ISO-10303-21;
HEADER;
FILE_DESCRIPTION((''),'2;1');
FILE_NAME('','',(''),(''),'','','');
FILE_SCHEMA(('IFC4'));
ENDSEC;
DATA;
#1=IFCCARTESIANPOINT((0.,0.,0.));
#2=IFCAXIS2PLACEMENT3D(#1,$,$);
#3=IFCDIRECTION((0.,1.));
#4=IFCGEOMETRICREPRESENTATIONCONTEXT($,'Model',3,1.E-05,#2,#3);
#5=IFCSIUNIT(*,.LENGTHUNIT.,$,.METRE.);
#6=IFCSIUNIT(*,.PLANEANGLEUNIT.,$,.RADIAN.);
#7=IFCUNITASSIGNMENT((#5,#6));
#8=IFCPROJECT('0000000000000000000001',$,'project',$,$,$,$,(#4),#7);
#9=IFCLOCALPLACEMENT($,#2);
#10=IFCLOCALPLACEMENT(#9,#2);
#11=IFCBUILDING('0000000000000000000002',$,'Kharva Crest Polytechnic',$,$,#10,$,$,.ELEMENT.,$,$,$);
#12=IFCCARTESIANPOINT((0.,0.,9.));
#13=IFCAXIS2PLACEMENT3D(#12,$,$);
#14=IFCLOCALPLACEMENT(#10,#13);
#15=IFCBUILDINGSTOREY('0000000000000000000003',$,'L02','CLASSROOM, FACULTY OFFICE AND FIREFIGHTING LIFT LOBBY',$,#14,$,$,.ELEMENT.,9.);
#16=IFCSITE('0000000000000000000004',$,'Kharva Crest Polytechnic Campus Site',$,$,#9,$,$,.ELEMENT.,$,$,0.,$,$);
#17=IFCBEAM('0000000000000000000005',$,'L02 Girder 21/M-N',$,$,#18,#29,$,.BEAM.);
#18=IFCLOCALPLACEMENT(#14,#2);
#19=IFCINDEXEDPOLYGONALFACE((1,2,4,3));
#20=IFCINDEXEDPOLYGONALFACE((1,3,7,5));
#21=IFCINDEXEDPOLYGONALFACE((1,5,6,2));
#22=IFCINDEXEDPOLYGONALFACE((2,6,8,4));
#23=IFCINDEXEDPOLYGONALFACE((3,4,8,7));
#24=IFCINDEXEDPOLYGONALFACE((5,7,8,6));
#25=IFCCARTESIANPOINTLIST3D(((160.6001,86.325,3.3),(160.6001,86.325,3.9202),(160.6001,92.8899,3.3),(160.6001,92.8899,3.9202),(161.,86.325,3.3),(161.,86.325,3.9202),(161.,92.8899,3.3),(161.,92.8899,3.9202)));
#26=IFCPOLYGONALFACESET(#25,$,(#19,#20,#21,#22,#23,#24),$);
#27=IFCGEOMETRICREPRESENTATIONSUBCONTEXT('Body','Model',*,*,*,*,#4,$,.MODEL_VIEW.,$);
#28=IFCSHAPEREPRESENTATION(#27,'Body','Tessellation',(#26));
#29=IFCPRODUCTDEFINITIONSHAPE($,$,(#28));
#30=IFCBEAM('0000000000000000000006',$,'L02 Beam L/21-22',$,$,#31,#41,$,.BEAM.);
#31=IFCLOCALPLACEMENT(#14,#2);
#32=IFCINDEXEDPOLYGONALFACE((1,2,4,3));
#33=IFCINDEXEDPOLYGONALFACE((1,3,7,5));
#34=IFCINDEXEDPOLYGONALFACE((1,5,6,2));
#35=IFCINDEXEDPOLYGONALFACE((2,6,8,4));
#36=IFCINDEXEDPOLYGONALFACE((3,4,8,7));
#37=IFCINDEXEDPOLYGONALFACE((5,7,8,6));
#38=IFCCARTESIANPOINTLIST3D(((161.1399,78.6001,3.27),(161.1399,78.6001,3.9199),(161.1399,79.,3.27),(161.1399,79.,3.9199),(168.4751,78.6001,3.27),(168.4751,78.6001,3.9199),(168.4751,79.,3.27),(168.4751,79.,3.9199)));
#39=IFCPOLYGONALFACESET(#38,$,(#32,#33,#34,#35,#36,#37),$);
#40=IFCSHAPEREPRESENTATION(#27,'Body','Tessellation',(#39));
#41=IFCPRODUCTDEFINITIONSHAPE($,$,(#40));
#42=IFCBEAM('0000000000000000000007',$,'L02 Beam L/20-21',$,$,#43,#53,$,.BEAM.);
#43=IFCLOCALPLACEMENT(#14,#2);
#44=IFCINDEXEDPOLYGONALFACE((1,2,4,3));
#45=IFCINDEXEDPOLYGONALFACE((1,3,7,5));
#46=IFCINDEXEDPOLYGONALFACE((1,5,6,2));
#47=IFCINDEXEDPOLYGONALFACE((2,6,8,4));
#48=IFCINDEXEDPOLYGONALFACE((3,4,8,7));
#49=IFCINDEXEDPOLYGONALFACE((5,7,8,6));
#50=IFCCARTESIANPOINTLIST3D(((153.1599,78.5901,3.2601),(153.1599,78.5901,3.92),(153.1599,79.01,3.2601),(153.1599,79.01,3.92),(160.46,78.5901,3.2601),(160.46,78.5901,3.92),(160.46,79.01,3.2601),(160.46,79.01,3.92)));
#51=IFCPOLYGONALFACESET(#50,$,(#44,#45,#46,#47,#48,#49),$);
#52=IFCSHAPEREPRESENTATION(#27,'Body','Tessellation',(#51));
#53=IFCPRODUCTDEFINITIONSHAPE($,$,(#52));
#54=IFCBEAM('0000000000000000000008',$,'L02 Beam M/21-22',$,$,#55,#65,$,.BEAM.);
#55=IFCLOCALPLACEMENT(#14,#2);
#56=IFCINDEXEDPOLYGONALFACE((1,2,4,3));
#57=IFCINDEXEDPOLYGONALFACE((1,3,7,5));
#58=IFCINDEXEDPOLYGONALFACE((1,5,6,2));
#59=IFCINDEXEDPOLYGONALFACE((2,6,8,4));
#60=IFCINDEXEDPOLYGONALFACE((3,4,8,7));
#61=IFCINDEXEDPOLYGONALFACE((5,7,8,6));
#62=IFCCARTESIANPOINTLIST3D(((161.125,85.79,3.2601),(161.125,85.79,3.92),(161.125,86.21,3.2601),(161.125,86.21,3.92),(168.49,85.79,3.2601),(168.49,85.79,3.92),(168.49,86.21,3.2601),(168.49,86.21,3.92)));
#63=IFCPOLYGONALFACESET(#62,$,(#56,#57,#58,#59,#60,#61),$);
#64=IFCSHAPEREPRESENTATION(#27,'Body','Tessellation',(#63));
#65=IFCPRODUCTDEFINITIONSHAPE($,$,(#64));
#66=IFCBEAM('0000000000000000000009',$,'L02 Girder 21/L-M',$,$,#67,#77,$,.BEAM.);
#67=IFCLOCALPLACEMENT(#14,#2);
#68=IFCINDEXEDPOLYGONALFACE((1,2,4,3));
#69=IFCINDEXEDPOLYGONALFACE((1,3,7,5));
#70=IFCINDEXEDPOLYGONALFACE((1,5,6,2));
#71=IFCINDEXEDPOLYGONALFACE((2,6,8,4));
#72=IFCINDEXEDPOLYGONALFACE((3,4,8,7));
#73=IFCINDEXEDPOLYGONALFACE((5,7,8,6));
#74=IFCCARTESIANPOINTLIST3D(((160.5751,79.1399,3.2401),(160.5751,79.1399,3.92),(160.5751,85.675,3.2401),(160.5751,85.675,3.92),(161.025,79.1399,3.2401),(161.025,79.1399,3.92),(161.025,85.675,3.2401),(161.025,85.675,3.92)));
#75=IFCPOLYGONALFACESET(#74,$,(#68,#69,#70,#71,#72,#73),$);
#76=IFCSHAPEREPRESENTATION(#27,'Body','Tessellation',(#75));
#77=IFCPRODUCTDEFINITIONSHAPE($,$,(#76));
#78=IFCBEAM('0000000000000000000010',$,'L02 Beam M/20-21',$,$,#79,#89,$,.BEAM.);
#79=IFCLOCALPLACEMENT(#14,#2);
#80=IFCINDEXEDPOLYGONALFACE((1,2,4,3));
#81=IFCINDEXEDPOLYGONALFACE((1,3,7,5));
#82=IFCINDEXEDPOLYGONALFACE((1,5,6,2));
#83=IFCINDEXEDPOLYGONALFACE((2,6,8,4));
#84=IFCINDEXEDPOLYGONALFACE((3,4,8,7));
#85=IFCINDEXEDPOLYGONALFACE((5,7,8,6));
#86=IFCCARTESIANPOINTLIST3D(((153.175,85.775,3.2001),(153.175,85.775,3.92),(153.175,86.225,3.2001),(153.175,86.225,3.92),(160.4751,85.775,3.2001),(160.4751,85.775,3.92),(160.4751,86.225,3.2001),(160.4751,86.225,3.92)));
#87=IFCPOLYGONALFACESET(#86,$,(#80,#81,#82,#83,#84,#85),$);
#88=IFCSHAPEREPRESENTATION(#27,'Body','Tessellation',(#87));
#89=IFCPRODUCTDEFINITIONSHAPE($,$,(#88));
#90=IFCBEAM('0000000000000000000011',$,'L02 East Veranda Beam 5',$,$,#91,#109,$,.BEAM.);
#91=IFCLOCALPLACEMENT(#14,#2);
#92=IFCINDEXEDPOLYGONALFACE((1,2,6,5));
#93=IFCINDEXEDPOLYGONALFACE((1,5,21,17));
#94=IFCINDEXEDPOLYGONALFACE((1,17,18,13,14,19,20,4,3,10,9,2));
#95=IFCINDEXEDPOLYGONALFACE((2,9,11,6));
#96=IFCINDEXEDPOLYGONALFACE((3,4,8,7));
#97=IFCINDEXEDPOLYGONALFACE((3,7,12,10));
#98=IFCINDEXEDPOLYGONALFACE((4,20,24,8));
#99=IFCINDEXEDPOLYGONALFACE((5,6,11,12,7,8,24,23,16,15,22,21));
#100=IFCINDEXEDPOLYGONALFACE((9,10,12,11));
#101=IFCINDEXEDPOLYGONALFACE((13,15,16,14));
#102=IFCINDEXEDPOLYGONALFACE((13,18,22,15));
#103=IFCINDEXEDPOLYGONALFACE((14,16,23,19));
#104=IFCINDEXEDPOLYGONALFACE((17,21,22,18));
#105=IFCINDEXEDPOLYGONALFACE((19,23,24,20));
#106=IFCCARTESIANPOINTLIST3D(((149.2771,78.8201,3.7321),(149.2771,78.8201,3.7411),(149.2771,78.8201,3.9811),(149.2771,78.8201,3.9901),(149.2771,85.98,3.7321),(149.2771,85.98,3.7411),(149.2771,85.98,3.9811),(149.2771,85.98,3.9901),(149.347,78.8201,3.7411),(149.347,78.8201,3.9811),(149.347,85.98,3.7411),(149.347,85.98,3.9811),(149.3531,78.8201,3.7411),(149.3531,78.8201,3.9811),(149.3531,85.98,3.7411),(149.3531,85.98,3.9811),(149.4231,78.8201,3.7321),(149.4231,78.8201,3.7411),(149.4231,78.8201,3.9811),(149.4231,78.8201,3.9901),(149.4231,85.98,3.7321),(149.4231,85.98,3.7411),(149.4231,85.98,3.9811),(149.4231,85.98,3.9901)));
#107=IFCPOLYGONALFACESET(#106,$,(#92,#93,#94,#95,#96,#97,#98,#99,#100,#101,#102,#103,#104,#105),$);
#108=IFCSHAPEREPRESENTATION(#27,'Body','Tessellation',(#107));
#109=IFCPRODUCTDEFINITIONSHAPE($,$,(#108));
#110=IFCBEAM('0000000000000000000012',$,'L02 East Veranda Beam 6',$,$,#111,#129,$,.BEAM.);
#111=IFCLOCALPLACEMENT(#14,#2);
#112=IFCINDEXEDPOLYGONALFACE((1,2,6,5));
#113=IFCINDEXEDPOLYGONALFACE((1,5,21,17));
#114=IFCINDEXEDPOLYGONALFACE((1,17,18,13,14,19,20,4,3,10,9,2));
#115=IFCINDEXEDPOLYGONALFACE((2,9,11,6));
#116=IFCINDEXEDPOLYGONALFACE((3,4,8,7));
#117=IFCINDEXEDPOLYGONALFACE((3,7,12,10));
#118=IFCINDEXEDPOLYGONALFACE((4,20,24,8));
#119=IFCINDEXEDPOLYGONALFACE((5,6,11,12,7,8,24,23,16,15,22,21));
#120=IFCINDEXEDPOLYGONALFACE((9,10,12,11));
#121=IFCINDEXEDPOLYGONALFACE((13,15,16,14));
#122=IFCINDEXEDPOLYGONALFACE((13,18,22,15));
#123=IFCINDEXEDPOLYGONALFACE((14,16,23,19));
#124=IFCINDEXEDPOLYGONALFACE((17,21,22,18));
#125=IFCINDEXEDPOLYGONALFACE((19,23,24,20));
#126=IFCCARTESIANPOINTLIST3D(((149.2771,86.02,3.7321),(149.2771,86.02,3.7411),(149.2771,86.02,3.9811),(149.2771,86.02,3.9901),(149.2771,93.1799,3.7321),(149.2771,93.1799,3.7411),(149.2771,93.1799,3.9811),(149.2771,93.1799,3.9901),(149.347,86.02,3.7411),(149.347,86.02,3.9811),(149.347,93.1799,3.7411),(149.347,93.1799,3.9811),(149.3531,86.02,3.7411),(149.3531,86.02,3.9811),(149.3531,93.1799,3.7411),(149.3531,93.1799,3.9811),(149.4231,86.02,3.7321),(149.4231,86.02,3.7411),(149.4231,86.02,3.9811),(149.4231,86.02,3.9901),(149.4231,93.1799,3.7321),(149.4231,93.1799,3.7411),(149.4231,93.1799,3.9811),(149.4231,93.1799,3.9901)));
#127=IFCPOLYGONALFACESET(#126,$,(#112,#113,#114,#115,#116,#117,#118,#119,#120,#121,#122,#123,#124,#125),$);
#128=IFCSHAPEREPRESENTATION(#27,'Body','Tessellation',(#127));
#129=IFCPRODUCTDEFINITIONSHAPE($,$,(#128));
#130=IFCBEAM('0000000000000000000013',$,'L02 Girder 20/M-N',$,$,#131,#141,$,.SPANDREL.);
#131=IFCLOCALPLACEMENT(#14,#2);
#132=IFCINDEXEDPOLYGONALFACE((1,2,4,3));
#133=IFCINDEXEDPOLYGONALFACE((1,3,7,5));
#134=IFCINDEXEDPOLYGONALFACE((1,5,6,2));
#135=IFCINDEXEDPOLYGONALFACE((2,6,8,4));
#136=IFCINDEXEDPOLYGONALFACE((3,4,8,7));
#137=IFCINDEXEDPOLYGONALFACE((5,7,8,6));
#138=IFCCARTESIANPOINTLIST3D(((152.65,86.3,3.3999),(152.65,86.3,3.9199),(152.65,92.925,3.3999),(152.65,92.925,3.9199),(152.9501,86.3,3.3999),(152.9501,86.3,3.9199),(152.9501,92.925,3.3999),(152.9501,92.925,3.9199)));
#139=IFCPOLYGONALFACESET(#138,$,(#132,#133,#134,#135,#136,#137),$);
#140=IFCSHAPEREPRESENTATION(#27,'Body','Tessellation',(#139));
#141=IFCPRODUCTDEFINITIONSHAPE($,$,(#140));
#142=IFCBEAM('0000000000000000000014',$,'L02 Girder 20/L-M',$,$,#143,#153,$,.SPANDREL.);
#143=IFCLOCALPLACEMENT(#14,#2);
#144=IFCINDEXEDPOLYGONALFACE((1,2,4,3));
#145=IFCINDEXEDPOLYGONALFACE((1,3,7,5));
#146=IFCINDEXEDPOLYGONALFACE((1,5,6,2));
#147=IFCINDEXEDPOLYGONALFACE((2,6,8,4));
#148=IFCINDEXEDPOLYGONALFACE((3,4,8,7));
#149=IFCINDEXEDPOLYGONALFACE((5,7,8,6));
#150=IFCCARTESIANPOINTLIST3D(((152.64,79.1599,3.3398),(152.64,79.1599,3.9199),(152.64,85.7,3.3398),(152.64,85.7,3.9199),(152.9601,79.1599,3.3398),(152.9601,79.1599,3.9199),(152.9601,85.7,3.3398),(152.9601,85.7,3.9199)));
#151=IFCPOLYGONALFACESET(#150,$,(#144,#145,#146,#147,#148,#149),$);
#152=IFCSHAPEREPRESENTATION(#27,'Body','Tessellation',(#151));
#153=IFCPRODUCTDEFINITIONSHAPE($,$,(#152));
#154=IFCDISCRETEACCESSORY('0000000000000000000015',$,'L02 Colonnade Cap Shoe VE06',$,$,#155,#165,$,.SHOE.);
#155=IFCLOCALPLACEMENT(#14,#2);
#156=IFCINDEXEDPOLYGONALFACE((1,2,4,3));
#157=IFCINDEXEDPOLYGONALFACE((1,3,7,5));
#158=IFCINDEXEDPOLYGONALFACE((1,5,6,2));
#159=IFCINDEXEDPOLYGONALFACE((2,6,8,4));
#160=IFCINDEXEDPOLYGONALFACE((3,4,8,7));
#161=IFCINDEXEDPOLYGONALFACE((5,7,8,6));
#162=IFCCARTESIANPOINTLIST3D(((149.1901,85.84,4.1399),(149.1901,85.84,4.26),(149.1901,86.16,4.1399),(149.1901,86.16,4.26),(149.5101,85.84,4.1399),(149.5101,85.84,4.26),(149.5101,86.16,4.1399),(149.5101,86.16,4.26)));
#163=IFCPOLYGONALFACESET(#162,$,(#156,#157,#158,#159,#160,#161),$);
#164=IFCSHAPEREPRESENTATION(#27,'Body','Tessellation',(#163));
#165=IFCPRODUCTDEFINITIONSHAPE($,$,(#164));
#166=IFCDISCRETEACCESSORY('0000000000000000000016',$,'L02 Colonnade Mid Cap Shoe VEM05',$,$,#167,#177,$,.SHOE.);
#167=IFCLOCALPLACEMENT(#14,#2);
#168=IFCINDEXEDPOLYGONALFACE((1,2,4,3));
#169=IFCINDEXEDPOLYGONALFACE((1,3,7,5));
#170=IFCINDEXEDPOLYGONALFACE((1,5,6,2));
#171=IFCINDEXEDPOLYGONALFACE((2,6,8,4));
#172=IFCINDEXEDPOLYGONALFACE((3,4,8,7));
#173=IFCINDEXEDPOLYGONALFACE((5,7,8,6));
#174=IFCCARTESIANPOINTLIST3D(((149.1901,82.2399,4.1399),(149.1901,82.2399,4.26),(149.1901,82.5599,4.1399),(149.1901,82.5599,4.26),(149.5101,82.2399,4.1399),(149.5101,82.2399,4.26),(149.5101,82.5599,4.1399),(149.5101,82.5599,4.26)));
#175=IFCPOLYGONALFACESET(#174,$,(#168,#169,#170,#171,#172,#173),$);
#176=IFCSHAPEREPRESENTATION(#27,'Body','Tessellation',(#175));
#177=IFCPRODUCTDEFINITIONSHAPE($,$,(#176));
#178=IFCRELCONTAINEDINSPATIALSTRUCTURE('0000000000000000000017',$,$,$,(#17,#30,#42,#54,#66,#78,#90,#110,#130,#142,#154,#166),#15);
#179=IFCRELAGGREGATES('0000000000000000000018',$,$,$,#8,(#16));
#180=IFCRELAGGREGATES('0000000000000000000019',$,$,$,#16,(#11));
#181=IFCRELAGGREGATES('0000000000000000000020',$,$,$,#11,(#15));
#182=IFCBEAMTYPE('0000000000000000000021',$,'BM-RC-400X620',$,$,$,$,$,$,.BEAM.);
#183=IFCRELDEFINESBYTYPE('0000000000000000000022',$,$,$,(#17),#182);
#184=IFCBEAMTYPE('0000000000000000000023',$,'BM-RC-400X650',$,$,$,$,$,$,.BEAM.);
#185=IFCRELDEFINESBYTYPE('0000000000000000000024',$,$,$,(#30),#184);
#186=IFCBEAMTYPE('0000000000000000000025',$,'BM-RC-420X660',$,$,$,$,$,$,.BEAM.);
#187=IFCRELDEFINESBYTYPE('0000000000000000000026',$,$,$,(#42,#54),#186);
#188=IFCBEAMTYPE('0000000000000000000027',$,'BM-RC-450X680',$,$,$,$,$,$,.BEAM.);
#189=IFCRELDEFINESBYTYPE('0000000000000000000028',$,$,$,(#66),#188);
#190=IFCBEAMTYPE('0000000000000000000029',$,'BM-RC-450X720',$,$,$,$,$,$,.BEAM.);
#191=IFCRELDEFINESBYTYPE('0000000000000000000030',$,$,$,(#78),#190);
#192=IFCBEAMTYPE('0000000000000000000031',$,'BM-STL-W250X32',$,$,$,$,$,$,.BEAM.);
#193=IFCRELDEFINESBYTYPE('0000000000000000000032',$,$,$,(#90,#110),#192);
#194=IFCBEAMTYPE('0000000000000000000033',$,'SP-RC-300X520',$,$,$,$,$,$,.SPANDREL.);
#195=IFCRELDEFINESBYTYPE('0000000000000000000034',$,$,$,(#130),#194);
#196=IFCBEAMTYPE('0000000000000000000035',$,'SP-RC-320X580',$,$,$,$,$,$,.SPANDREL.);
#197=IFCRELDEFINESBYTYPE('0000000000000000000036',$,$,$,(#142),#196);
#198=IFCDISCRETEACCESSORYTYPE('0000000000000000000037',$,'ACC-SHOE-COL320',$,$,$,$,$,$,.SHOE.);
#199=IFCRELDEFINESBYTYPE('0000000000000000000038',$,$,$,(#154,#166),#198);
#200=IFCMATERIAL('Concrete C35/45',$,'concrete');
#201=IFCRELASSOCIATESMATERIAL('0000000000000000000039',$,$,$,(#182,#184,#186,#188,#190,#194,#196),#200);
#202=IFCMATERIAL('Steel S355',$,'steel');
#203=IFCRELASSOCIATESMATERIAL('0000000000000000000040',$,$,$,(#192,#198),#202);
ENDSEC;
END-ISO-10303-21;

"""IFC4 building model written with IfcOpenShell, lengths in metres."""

from ifc_helpers import new_model, si_unit, direction, frame, origin, origin_2d, place, context, subcontext, project, spatial, rectangle, i_section, extrude, material, material_profile, profile_set, type_object, element, save


model = new_model("IFC4")

# Units and contexts
model_context = context("Model", 3, precision=1e-05, world=origin(), true_north=direction((0.0, 1.0)))
body_context = subcontext(model_context, "Body", "Model", "MODEL_VIEW")
ifc_project = project(units=[si_unit("LENGTHUNIT", "METRE"), si_unit("PLANEANGLEUNIT", "RADIAN")], contexts=[model_context])

# Site, building, storey
site_placement = place(None, origin())
site = spatial("IfcSite", under=ifc_project, at=site_placement, Name="Kharva Crest Polytechnic Campus Site", CompositionType="ELEMENT", RefElevation=0.0)
building_placement = place(site_placement, origin())
building = spatial("IfcBuilding", under=site, at=building_placement, Name="Kharva Crest Polytechnic", CompositionType="ELEMENT")
storey_placement = place(building_placement, frame((0.0, 0.0, 9.0)))
storey = spatial("IfcBuildingStorey", under=building, at=storey_placement, Name="L02", Description="CLASSROOM, FACULTY OFFICE AND FIREFIGHTING LIFT LOBBY", CompositionType="ELEMENT", Elevation=9.0)

# Shared definitions
ifc_material_1 = material(Name="Steel S355", Category="steel")

# Beams
ifc_material_2 = material(Name="Concrete C35/45", Category="concrete")
ifc_material_profile_1 = material_profile(ifc_material_2, rectangle(XDim=0.3999, YDim=0.6201, at=origin_2d()), Name="RECT 400 X 620")
ifc_profile_set_1 = profile_set([ifc_material_profile_1], Name="Concrete C35/45")
beam_type_1 = type_object("IfcBeamType", Name="BM-RC-400X620", PredefinedType="BEAM", material=ifc_profile_set_1)
beam_1_placement = place(storey_placement, frame((160.8, 86.325, 3.6101), z_axis=(0.0, 1.0, 0.0), x_axis=(-1.0, 0.0, 0.0)))
element("IfcBeam", 1, at=beam_1_placement, inside=storey, type_object=beam_type_1, Name="L02 Girder 21/M-N", PredefinedType="BEAM", context=body_context, shape_type="SweptSolid", body=[
    extrude(rectangle(XDim=0.3999, YDim=0.6201, at=origin_2d()), origin(), (0.0, 0.0, 1.0), 6.5649),
])
ifc_material_profile_2 = material_profile(ifc_material_2, rectangle(XDim=0.3999, YDim=0.6499, at=origin_2d()), Name="RECT 400 X 650")
ifc_profile_set_2 = profile_set([ifc_material_profile_2], Name="Concrete C35/45")
beam_type_2 = type_object("IfcBeamType", Name="BM-RC-400X650", PredefinedType="BEAM", material=ifc_profile_set_2)
beam_2_placement = place(storey_placement, frame((161.1399, 78.8, 3.595), z_axis=(1.0, 0.0, 0.0), x_axis=(0.0, 1.0, 0.0)))
element("IfcBeam", 2, at=beam_2_placement, inside=storey, type_object=beam_type_2, Name="L02 Beam L/21-22", PredefinedType="BEAM", context=body_context, shape_type="SweptSolid", body=[
    extrude(rectangle(XDim=0.3999, YDim=0.6499, at=origin_2d()), origin(), (0.0, 0.0, 1.0), 7.3352),
])
ifc_material_profile_3 = material_profile(ifc_material_2, rectangle(XDim=0.4199, YDim=0.6599, at=origin_2d()), Name="RECT 420 X 660")
ifc_profile_set_3 = profile_set([ifc_material_profile_3], Name="Concrete C35/45")
beam_type_3 = type_object("IfcBeamType", Name="BM-RC-420X660", PredefinedType="BEAM", material=ifc_profile_set_3)
beam_3_placement = place(storey_placement, frame((153.1599, 78.8, 3.5901), z_axis=(1.0, 0.0, 0.0), x_axis=(0.0, 1.0, 0.0)))
element("IfcBeam", 3, at=beam_3_placement, inside=storey, type_object=beam_type_3, Name="L02 Beam L/20-21", PredefinedType="BEAM", context=body_context, shape_type="SweptSolid", body=[
    extrude(rectangle(XDim=0.4199, YDim=0.6599, at=origin_2d()), origin(), (0.0, 0.0, 1.0), 7.3),
])
beam_4_placement = place(storey_placement, frame((161.125, 86.0, 3.5901), z_axis=(1.0, 0.0, 0.0), x_axis=(0.0, 1.0, 0.0)))
element("IfcBeam", 4, at=beam_4_placement, inside=storey, type_object=beam_type_3, Name="L02 Beam M/21-22", PredefinedType="BEAM", context=body_context, shape_type="SweptSolid", body=[
    extrude(rectangle(XDim=0.4199, YDim=0.6599, at=origin_2d()), origin(), (0.0, 0.0, 1.0), 7.365),
])
ifc_material_profile_4 = material_profile(ifc_material_2, rectangle(XDim=0.45, YDim=0.6799, at=origin_2d()), Name="RECT 450 X 680")
ifc_profile_set_4 = profile_set([ifc_material_profile_4], Name="Concrete C35/45")
beam_type_4 = type_object("IfcBeamType", Name="BM-RC-450X680", PredefinedType="BEAM", material=ifc_profile_set_4)
beam_5_placement = place(storey_placement, frame((160.8, 79.1399, 3.5801), z_axis=(0.0, 1.0, 0.0), x_axis=(-1.0, 0.0, 0.0)))
element("IfcBeam", 5, at=beam_5_placement, inside=storey, type_object=beam_type_4, Name="L02 Girder 21/L-M", PredefinedType="BEAM", context=body_context, shape_type="SweptSolid", body=[
    extrude(rectangle(XDim=0.45, YDim=0.6799, at=origin_2d()), origin(), (0.0, 0.0, 1.0), 6.5352),
])
ifc_material_profile_5 = material_profile(ifc_material_2, rectangle(XDim=0.45, YDim=0.72, at=origin_2d()), Name="RECT 450 X 720")
ifc_profile_set_5 = profile_set([ifc_material_profile_5], Name="Concrete C35/45")
beam_type_5 = type_object("IfcBeamType", Name="BM-RC-450X720", PredefinedType="BEAM", material=ifc_profile_set_5)
beam_6_placement = place(storey_placement, frame((153.175, 86.0, 3.5601), z_axis=(1.0, 0.0, 0.0), x_axis=(0.0, 1.0, 0.0)))
element("IfcBeam", 6, at=beam_6_placement, inside=storey, type_object=beam_type_5, Name="L02 Beam M/20-21", PredefinedType="BEAM", context=body_context, shape_type="SweptSolid", body=[
    extrude(rectangle(XDim=0.45, YDim=0.72, at=origin_2d()), origin(), (0.0, 0.0, 1.0), 7.3),
])
ifc_material_profile_6 = material_profile(ifc_material_1, i_section(OverallWidth=0.146, OverallDepth=0.2581, WebThickness=0.0061, FlangeThickness=0.009, at=origin_2d()), Name="W250X32.7")
ifc_profile_set_6 = profile_set([ifc_material_profile_6], Name="Steel S355")
beam_type_6 = type_object("IfcBeamType", Name="BM-STL-W250X32", PredefinedType="BEAM", material=ifc_profile_set_6)
for number, where, z_axis, x_axis, name in (
    (7, (149.3501, 78.8201, 3.8611), (0.0, 1.0, 0.0), (-1.0, 0.0, 0.0), "L02 East Veranda Beam 5"),
    (8, (149.3501, 86.02, 3.8611), (0.0, 1.0, 0.0), (-1.0, 0.0, 0.0), "L02 East Veranda Beam 6"),
):
    element("IfcBeam", number, at=place(storey_placement, frame(where, z_axis=z_axis, x_axis=x_axis)), inside=storey, type_object=beam_type_6, Name=name, PredefinedType="BEAM", context=body_context, shape_type="SweptSolid", body=[
        extrude(i_section(OverallWidth=0.146, OverallDepth=0.2581, WebThickness=0.0061, FlangeThickness=0.009, at=origin_2d()), origin(), (0.0, 0.0, 1.0), 7.1599),
    ])
ifc_material_profile_7 = material_profile(ifc_material_2, rectangle(XDim=0.3, YDim=0.52, at=origin_2d()), Name="RECT 300 X 520")
ifc_profile_set_7 = profile_set([ifc_material_profile_7], Name="Concrete C35/45")
beam_type_7 = type_object("IfcBeamType", Name="SP-RC-300X520", PredefinedType="SPANDREL", material=ifc_profile_set_7)
beam_7_placement = place(storey_placement, frame((152.8, 86.3, 3.6599), z_axis=(0.0, 1.0, 0.0), x_axis=(-1.0, 0.0, 0.0)))
element("IfcBeam", 9, at=beam_7_placement, inside=storey, type_object=beam_type_7, Name="L02 Girder 20/M-N", PredefinedType="SPANDREL", context=body_context, shape_type="SweptSolid", body=[
    extrude(rectangle(XDim=0.3, YDim=0.52, at=origin_2d()), origin(), (0.0, 0.0, 1.0), 6.625),
])
ifc_material_profile_8 = material_profile(ifc_material_2, rectangle(XDim=0.3201, YDim=0.5801, at=origin_2d()), Name="RECT 320 X 580")
ifc_profile_set_8 = profile_set([ifc_material_profile_8], Name="Concrete C35/45")
beam_type_8 = type_object("IfcBeamType", Name="SP-RC-320X580", PredefinedType="SPANDREL", material=ifc_profile_set_8)
beam_8_placement = place(storey_placement, frame((152.8, 79.1599, 3.6299), z_axis=(0.0, 1.0, 0.0), x_axis=(-1.0, 0.0, 0.0)))
element("IfcBeam", 10, at=beam_8_placement, inside=storey, type_object=beam_type_8, Name="L02 Girder 20/L-M", PredefinedType="SPANDREL", context=body_context, shape_type="SweptSolid", body=[
    extrude(rectangle(XDim=0.3201, YDim=0.5801, at=origin_2d()), origin(), (0.0, 0.0, 1.0), 6.54),
])

# Discrete accessories
discrete_accessory_type = type_object("IfcDiscreteAccessoryType", Name="ACC-SHOE-COL320", PredefinedType="SHOE", material=ifc_material_1)
for number, where, z_axis, x_axis, name in (
    (11, (149.3501, 86.0, 4.1399), (0.0, 0.0, 1.0), (1.0, 0.0, 0.0), "L02 Colonnade Cap Shoe VE06"),
    (12, (149.3501, 82.3999, 4.1399), (0.0, 0.0, 1.0), (1.0, 0.0, 0.0), "L02 Colonnade Mid Cap Shoe VEM05"),
):
    element("IfcDiscreteAccessory", number, at=place(storey_placement, frame(where, z_axis=z_axis, x_axis=x_axis)), inside=storey, type_object=discrete_accessory_type, Name=name, PredefinedType="SHOE", context=body_context, shape_type="SweptSolid", body=[
        extrude(rectangle(XDim=0.3201, YDim=0.3201, at=origin_2d()), origin(), (0.0, 0.0, 1.0), 0.1201),
    ])

save(model, "model.ifc")
